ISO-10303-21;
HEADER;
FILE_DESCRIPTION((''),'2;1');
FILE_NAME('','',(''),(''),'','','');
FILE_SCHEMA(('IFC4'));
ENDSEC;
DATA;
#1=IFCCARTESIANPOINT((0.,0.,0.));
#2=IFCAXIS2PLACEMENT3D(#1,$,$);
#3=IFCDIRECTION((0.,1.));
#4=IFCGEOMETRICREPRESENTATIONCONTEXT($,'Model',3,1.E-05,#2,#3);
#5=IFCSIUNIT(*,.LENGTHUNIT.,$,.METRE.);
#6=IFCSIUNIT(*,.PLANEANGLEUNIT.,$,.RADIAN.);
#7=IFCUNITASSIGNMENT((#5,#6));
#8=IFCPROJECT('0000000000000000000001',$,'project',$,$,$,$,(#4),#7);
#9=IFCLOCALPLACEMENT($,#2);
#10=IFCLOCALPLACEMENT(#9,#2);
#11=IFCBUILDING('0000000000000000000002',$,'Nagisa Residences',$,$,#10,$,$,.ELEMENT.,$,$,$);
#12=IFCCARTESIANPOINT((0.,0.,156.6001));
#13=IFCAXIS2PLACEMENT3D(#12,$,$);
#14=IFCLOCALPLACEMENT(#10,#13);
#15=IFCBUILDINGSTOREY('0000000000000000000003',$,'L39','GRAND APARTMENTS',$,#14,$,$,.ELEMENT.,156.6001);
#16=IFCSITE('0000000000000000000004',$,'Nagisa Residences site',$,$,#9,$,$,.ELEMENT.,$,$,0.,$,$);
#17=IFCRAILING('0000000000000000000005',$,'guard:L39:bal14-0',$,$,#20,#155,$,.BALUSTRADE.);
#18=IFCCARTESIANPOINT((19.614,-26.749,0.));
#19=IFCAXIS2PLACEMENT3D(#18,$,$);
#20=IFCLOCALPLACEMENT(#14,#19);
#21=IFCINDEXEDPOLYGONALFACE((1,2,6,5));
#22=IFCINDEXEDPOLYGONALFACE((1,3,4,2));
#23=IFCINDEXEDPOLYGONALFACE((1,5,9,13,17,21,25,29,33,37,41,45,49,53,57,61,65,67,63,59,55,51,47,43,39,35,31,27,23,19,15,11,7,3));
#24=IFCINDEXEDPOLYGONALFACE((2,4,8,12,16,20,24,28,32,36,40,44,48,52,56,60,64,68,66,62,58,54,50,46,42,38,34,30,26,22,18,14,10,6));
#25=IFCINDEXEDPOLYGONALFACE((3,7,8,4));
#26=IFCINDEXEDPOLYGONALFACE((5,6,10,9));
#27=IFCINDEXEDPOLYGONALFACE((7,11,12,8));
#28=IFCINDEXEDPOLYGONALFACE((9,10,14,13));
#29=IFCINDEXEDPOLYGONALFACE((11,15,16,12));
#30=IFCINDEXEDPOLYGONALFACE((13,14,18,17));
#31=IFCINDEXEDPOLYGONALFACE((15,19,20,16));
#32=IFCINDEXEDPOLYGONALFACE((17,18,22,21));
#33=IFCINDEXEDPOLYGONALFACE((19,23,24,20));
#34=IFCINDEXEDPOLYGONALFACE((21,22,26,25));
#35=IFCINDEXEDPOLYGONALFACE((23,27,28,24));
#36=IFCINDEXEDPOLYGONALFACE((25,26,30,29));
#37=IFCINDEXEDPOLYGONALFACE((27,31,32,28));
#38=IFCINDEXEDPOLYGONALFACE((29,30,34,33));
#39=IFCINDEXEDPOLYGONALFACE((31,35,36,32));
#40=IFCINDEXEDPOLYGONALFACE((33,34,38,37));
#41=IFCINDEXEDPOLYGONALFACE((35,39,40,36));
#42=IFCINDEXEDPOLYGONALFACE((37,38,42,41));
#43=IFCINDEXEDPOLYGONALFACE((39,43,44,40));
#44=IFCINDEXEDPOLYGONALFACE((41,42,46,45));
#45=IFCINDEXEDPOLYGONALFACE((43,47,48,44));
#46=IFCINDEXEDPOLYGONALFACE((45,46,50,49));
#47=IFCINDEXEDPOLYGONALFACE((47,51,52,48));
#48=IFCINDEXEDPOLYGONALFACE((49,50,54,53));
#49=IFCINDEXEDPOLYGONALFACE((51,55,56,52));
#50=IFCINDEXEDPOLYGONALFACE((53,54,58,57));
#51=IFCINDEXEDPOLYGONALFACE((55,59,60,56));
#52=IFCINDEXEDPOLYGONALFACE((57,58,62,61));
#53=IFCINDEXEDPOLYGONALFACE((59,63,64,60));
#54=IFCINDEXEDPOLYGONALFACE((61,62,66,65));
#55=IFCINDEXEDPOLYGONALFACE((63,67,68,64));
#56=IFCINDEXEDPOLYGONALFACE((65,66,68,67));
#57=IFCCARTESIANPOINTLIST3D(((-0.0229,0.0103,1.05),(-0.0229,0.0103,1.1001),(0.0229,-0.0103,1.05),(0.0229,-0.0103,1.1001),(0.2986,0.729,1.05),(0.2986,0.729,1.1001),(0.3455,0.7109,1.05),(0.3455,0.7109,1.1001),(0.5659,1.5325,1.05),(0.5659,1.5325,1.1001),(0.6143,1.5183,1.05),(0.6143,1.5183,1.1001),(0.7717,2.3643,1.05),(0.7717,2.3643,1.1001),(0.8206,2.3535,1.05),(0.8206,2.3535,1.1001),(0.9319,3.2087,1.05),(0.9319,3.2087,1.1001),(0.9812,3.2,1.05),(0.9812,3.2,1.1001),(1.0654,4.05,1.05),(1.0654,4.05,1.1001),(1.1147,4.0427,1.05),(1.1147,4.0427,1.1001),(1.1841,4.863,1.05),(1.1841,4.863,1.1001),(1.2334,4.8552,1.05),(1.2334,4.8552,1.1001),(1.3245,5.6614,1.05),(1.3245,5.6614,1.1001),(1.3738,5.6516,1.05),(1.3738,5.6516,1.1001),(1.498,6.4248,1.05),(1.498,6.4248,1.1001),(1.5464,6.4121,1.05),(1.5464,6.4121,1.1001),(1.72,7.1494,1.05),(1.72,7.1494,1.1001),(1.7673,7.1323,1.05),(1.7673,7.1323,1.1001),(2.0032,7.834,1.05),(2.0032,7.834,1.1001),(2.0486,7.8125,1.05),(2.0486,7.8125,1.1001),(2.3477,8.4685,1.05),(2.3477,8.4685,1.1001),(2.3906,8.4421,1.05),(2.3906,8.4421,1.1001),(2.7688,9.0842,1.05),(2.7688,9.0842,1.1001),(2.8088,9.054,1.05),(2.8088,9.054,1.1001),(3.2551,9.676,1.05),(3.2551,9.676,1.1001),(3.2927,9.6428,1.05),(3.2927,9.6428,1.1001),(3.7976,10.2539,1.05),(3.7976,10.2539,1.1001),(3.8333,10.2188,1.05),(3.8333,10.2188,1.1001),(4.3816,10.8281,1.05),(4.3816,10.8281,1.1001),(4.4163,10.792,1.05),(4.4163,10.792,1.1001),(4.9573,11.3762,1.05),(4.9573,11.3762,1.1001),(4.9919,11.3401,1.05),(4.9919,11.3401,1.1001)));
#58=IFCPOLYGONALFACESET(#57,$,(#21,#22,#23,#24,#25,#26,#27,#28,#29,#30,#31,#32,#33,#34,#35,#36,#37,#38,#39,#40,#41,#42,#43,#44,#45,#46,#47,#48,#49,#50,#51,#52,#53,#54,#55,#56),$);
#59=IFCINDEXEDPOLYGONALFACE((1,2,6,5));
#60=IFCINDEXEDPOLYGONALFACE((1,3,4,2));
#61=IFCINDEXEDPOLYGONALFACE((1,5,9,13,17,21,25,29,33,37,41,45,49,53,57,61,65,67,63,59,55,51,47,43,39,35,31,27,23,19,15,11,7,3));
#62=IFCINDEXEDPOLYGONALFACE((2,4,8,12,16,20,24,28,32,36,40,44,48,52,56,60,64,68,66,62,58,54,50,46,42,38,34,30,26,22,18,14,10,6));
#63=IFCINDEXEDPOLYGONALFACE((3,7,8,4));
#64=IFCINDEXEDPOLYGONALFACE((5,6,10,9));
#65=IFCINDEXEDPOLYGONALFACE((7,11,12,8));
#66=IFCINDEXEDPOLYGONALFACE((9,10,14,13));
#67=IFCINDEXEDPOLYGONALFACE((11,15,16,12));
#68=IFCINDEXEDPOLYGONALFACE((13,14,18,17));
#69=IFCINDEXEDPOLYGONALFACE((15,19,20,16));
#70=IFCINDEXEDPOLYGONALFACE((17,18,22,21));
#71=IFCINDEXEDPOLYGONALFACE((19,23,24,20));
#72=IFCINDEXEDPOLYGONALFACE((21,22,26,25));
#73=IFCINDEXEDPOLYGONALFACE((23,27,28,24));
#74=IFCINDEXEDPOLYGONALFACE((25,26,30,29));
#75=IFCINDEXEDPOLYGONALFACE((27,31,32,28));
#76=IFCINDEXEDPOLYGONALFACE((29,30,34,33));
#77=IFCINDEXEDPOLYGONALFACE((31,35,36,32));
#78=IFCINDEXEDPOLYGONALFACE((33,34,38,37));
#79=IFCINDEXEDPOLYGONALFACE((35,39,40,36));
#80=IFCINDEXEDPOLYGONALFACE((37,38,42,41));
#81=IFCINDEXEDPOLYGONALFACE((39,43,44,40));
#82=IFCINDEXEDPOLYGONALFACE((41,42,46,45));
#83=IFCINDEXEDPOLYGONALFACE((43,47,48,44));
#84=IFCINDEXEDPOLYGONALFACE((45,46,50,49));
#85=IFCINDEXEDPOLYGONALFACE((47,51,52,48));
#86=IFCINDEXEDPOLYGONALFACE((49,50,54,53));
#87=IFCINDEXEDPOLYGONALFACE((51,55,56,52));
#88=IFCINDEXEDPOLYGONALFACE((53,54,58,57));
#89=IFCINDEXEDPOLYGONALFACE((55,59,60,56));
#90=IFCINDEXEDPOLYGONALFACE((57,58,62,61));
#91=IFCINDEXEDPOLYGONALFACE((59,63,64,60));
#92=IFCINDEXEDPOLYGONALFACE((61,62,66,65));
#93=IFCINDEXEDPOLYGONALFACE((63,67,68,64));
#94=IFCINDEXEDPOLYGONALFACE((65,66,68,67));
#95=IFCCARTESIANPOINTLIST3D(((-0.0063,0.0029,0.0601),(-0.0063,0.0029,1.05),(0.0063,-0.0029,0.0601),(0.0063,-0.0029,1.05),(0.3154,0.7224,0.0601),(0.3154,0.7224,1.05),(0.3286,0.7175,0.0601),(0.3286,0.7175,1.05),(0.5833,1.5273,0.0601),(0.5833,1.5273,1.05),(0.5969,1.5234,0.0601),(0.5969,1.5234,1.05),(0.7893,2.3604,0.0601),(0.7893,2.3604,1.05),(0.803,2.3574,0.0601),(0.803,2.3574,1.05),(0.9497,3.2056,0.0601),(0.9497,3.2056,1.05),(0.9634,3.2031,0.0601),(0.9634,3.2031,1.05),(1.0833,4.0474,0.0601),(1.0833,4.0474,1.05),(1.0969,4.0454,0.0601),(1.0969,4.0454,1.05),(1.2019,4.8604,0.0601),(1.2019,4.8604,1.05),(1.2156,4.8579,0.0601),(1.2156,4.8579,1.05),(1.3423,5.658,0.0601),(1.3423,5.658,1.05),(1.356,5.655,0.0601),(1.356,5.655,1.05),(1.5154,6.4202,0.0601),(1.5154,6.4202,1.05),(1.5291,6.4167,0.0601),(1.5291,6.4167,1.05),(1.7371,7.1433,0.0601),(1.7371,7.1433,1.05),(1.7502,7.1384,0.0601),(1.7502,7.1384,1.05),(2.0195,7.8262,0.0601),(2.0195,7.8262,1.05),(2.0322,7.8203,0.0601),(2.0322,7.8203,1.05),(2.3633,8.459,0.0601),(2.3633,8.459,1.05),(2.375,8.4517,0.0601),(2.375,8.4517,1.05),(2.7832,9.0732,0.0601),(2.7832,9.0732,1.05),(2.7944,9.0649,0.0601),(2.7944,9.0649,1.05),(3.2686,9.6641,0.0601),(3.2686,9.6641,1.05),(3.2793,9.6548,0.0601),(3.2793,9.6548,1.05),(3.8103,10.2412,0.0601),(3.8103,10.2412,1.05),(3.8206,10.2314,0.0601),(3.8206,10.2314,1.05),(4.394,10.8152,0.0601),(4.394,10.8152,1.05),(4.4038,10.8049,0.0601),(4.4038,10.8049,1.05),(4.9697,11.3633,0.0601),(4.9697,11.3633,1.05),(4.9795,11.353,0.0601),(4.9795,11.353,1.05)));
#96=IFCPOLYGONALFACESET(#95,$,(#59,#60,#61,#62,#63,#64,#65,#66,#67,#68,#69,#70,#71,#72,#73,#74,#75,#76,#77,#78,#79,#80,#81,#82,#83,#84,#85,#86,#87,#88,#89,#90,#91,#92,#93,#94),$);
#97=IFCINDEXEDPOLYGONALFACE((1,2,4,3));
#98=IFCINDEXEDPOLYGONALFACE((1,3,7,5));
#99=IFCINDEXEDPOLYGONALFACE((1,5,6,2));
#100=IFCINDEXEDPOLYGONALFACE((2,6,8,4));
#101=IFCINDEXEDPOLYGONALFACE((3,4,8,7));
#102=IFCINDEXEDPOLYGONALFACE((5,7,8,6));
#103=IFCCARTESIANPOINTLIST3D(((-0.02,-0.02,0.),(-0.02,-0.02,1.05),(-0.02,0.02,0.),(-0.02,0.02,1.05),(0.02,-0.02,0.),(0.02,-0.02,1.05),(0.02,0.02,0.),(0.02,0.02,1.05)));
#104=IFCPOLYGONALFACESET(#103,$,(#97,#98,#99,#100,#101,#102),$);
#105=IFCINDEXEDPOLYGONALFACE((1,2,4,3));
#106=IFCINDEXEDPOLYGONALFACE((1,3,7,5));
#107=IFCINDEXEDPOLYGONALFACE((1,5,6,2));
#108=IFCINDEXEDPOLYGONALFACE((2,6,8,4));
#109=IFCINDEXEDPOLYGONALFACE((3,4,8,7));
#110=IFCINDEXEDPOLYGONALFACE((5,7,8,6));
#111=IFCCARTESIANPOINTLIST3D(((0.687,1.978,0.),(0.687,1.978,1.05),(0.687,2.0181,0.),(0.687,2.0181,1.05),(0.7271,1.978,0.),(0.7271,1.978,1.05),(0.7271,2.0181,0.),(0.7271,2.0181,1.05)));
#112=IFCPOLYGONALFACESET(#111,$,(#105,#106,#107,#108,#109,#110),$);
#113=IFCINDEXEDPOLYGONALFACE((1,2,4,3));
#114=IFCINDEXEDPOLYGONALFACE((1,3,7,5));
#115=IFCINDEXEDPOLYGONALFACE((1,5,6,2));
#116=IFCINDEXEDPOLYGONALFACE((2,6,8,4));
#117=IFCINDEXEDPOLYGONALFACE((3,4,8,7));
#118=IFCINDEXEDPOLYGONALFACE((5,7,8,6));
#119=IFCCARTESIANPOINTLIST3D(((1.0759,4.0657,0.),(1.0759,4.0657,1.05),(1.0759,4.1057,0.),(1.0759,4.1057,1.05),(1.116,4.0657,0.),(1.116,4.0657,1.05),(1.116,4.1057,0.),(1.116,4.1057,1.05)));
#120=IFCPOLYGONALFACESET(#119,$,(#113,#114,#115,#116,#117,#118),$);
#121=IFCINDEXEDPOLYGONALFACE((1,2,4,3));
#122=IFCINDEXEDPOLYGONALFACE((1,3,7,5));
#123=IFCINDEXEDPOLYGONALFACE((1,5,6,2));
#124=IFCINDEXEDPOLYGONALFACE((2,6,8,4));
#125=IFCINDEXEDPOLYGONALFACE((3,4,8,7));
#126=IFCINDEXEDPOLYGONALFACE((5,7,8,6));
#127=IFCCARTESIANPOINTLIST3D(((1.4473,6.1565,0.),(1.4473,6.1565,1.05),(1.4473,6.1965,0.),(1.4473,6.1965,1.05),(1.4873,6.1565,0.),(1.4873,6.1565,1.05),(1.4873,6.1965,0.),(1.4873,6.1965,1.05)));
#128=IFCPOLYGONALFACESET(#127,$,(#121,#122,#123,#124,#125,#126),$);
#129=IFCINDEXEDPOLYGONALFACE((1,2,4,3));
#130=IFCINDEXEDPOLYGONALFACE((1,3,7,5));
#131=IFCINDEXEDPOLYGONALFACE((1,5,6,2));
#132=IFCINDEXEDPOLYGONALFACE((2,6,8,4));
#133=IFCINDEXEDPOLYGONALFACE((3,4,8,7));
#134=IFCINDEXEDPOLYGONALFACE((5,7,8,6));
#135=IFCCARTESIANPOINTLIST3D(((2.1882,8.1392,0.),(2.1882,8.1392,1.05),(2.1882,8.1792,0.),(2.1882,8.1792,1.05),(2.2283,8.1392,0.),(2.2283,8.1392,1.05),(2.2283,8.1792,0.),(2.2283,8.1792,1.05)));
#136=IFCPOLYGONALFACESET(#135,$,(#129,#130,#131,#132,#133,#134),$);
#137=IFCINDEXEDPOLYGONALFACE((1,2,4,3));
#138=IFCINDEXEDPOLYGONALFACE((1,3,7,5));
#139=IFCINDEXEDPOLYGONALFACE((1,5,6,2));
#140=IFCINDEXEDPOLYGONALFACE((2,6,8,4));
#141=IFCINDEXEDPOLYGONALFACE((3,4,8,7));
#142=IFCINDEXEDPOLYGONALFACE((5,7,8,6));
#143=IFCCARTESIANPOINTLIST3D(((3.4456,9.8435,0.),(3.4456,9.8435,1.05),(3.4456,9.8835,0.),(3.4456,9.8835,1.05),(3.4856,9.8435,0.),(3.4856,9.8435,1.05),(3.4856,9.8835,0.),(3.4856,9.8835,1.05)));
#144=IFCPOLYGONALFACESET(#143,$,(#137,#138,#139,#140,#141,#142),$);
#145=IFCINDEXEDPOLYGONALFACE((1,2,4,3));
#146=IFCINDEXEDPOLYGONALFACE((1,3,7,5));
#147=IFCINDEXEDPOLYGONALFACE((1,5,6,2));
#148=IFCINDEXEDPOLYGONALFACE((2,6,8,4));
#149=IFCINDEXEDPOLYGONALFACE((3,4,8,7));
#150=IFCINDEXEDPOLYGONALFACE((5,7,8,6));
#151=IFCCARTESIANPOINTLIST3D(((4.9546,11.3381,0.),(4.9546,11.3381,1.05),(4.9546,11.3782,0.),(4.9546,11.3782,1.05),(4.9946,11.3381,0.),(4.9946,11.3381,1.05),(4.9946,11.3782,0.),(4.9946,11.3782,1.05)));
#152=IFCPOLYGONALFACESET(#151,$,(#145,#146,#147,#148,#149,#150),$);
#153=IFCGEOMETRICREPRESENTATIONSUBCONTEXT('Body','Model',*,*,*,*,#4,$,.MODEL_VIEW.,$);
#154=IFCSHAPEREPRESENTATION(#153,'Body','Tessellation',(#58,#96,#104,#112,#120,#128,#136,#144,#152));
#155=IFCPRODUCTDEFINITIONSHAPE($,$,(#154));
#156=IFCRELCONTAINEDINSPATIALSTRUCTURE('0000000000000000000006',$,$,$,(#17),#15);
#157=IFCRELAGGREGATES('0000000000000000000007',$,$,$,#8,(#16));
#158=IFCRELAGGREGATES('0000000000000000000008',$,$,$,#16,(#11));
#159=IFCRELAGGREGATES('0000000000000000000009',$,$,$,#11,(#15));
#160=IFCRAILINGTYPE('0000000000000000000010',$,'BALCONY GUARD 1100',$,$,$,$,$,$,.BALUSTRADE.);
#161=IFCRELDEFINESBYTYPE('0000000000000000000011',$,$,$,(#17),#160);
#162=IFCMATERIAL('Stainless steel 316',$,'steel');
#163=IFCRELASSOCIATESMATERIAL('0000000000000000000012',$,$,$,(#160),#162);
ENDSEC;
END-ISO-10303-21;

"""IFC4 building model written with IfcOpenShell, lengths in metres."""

from ifc_helpers import new_model, si_unit, direction, frame, origin, origin_2d, place, context, subcontext, project, spatial, polyline, rectangle, outline, extrude, material, type_object, element, save


model = new_model("IFC4")

# Units and contexts
model_context = context("Model", 3, precision=1e-05, world=origin(), true_north=direction((0.0, 1.0)))
body_context = subcontext(model_context, "Body", "Model", "MODEL_VIEW")
ifc_project = project(units=[si_unit("LENGTHUNIT", "METRE"), si_unit("PLANEANGLEUNIT", "RADIAN")], contexts=[model_context])

# Site, building, storey
site_placement = place(None, origin())
site = spatial("IfcSite", under=ifc_project, at=site_placement, Name="Nagisa Residences site", CompositionType="ELEMENT", RefElevation=0.0)
building_placement = place(site_placement, origin())
building = spatial("IfcBuilding", under=site, at=building_placement, Name="Nagisa Residences", CompositionType="ELEMENT")
storey_placement = place(building_placement, frame((0.0, 0.0, 156.6001)))
storey = spatial("IfcBuildingStorey", under=building, at=storey_placement, Name="L39", Description="GRAND APARTMENTS", CompositionType="ELEMENT", Elevation=156.6001)

# Railing
ifc_material_1 = material(Name="Stainless steel 316", Category="steel")
railing_type = type_object("IfcRailingType", Name="BALCONY GUARD 1100", PredefinedType="BALUSTRADE", material=ifc_material_1)
railing_1_placement = place(storey_placement, frame((19.614, -26.749, 0.0)))
element("IfcRailing", 1, at=railing_1_placement, inside=storey, type_object=railing_type, Name="guard:L39:bal14-0", PredefinedType="BALUSTRADE", context=body_context, shape_type="SweptSolid", body=[
    extrude(outline(polyline([(0.2986, 0.729), (-0.0229, 0.0103), (0.0229, -0.0103), (0.3455, 0.7109), (0.6143, 1.5183), (0.8206, 2.3535), (0.9812, 3.2), (1.1147, 4.0427), (1.2334, 4.8552), (1.3738, 5.6516), (1.5464, 6.4121), (1.7673, 7.1323), (2.0486, 7.8125), (2.3906, 8.4421), (2.8088, 9.054), (3.2927, 9.6428), (3.8333, 10.2188), (4.4163, 10.792), (4.9919, 11.3401), (4.9573, 11.3762), (4.3816, 10.8281), (3.7976, 10.2539), (3.2551, 9.676), (2.7688, 9.0842), (2.3477, 8.4685), (2.0032, 7.834), (1.72, 7.1494), (1.498, 6.4248), (1.3245, 5.6614), (1.1841, 4.863), (1.0654, 4.05), (0.9319, 3.2087), (0.7717, 2.3643), (0.5659, 1.5325), (0.2986, 0.729)])), frame((0.0, 0.0, 1.05)), (0.0, 0.0, 1.0), 0.05),
    extrude(outline(polyline([(0.3154, 0.7224), (-0.0063, 0.0029), (0.0063, -0.0029), (0.3286, 0.7175), (0.5969, 1.5234), (0.803, 2.3574), (0.9634, 3.2031), (1.0969, 4.0454), (1.2156, 4.8579), (1.356, 5.655), (1.5291, 6.4167), (1.7502, 7.1384), (2.0322, 7.8203), (2.375, 8.4517), (2.7944, 9.0649), (3.2793, 9.6548), (3.8206, 10.2314), (4.4038, 10.8049), (4.9795, 11.353), (4.9697, 11.3633), (4.394, 10.8152), (3.8103, 10.2412), (3.2686, 9.6641), (2.7832, 9.0732), (2.3633, 8.459), (2.0195, 7.8262), (1.7371, 7.1433), (1.5154, 6.4202), (1.3423, 5.658), (1.2019, 4.8604), (1.0833, 4.0474), (0.9497, 3.2056), (0.7893, 2.3604), (0.5833, 1.5273), (0.3154, 0.7224)])), frame((0.0, 0.0, 0.0601)), (0.0, 0.0, 1.0), 0.99),
    extrude(rectangle(XDim=0.04, YDim=0.04, at=origin_2d()), origin(), (0.0, 0.0, 1.0), 1.05),
    extrude(rectangle(XDim=0.04, YDim=0.04, at=origin_2d()), frame((0.707, 1.998, 0.0)), (0.0, 0.0, 1.0), 1.05),
    extrude(rectangle(XDim=0.04, YDim=0.04, at=origin_2d()), frame((1.0959, 4.0857, 0.0)), (0.0, 0.0, 1.0), 1.05),
    extrude(rectangle(XDim=0.04, YDim=0.04, at=origin_2d()), frame((1.4673, 6.1765, 0.0)), (0.0, 0.0, 1.0), 1.05),
    extrude(rectangle(XDim=0.04, YDim=0.04, at=origin_2d()), frame((2.2083, 8.1592, 0.0)), (0.0, 0.0, 1.0), 1.05),
    extrude(rectangle(XDim=0.04, YDim=0.04, at=origin_2d()), frame((3.4656, 9.8635, 0.0)), (0.0, 0.0, 1.0), 1.05),
    extrude(rectangle(XDim=0.04, YDim=0.04, at=origin_2d()), frame((4.9746, 11.3582, 0.0)), (0.0, 0.0, 1.0), 1.05),
])

save(model, "model.ifc")
